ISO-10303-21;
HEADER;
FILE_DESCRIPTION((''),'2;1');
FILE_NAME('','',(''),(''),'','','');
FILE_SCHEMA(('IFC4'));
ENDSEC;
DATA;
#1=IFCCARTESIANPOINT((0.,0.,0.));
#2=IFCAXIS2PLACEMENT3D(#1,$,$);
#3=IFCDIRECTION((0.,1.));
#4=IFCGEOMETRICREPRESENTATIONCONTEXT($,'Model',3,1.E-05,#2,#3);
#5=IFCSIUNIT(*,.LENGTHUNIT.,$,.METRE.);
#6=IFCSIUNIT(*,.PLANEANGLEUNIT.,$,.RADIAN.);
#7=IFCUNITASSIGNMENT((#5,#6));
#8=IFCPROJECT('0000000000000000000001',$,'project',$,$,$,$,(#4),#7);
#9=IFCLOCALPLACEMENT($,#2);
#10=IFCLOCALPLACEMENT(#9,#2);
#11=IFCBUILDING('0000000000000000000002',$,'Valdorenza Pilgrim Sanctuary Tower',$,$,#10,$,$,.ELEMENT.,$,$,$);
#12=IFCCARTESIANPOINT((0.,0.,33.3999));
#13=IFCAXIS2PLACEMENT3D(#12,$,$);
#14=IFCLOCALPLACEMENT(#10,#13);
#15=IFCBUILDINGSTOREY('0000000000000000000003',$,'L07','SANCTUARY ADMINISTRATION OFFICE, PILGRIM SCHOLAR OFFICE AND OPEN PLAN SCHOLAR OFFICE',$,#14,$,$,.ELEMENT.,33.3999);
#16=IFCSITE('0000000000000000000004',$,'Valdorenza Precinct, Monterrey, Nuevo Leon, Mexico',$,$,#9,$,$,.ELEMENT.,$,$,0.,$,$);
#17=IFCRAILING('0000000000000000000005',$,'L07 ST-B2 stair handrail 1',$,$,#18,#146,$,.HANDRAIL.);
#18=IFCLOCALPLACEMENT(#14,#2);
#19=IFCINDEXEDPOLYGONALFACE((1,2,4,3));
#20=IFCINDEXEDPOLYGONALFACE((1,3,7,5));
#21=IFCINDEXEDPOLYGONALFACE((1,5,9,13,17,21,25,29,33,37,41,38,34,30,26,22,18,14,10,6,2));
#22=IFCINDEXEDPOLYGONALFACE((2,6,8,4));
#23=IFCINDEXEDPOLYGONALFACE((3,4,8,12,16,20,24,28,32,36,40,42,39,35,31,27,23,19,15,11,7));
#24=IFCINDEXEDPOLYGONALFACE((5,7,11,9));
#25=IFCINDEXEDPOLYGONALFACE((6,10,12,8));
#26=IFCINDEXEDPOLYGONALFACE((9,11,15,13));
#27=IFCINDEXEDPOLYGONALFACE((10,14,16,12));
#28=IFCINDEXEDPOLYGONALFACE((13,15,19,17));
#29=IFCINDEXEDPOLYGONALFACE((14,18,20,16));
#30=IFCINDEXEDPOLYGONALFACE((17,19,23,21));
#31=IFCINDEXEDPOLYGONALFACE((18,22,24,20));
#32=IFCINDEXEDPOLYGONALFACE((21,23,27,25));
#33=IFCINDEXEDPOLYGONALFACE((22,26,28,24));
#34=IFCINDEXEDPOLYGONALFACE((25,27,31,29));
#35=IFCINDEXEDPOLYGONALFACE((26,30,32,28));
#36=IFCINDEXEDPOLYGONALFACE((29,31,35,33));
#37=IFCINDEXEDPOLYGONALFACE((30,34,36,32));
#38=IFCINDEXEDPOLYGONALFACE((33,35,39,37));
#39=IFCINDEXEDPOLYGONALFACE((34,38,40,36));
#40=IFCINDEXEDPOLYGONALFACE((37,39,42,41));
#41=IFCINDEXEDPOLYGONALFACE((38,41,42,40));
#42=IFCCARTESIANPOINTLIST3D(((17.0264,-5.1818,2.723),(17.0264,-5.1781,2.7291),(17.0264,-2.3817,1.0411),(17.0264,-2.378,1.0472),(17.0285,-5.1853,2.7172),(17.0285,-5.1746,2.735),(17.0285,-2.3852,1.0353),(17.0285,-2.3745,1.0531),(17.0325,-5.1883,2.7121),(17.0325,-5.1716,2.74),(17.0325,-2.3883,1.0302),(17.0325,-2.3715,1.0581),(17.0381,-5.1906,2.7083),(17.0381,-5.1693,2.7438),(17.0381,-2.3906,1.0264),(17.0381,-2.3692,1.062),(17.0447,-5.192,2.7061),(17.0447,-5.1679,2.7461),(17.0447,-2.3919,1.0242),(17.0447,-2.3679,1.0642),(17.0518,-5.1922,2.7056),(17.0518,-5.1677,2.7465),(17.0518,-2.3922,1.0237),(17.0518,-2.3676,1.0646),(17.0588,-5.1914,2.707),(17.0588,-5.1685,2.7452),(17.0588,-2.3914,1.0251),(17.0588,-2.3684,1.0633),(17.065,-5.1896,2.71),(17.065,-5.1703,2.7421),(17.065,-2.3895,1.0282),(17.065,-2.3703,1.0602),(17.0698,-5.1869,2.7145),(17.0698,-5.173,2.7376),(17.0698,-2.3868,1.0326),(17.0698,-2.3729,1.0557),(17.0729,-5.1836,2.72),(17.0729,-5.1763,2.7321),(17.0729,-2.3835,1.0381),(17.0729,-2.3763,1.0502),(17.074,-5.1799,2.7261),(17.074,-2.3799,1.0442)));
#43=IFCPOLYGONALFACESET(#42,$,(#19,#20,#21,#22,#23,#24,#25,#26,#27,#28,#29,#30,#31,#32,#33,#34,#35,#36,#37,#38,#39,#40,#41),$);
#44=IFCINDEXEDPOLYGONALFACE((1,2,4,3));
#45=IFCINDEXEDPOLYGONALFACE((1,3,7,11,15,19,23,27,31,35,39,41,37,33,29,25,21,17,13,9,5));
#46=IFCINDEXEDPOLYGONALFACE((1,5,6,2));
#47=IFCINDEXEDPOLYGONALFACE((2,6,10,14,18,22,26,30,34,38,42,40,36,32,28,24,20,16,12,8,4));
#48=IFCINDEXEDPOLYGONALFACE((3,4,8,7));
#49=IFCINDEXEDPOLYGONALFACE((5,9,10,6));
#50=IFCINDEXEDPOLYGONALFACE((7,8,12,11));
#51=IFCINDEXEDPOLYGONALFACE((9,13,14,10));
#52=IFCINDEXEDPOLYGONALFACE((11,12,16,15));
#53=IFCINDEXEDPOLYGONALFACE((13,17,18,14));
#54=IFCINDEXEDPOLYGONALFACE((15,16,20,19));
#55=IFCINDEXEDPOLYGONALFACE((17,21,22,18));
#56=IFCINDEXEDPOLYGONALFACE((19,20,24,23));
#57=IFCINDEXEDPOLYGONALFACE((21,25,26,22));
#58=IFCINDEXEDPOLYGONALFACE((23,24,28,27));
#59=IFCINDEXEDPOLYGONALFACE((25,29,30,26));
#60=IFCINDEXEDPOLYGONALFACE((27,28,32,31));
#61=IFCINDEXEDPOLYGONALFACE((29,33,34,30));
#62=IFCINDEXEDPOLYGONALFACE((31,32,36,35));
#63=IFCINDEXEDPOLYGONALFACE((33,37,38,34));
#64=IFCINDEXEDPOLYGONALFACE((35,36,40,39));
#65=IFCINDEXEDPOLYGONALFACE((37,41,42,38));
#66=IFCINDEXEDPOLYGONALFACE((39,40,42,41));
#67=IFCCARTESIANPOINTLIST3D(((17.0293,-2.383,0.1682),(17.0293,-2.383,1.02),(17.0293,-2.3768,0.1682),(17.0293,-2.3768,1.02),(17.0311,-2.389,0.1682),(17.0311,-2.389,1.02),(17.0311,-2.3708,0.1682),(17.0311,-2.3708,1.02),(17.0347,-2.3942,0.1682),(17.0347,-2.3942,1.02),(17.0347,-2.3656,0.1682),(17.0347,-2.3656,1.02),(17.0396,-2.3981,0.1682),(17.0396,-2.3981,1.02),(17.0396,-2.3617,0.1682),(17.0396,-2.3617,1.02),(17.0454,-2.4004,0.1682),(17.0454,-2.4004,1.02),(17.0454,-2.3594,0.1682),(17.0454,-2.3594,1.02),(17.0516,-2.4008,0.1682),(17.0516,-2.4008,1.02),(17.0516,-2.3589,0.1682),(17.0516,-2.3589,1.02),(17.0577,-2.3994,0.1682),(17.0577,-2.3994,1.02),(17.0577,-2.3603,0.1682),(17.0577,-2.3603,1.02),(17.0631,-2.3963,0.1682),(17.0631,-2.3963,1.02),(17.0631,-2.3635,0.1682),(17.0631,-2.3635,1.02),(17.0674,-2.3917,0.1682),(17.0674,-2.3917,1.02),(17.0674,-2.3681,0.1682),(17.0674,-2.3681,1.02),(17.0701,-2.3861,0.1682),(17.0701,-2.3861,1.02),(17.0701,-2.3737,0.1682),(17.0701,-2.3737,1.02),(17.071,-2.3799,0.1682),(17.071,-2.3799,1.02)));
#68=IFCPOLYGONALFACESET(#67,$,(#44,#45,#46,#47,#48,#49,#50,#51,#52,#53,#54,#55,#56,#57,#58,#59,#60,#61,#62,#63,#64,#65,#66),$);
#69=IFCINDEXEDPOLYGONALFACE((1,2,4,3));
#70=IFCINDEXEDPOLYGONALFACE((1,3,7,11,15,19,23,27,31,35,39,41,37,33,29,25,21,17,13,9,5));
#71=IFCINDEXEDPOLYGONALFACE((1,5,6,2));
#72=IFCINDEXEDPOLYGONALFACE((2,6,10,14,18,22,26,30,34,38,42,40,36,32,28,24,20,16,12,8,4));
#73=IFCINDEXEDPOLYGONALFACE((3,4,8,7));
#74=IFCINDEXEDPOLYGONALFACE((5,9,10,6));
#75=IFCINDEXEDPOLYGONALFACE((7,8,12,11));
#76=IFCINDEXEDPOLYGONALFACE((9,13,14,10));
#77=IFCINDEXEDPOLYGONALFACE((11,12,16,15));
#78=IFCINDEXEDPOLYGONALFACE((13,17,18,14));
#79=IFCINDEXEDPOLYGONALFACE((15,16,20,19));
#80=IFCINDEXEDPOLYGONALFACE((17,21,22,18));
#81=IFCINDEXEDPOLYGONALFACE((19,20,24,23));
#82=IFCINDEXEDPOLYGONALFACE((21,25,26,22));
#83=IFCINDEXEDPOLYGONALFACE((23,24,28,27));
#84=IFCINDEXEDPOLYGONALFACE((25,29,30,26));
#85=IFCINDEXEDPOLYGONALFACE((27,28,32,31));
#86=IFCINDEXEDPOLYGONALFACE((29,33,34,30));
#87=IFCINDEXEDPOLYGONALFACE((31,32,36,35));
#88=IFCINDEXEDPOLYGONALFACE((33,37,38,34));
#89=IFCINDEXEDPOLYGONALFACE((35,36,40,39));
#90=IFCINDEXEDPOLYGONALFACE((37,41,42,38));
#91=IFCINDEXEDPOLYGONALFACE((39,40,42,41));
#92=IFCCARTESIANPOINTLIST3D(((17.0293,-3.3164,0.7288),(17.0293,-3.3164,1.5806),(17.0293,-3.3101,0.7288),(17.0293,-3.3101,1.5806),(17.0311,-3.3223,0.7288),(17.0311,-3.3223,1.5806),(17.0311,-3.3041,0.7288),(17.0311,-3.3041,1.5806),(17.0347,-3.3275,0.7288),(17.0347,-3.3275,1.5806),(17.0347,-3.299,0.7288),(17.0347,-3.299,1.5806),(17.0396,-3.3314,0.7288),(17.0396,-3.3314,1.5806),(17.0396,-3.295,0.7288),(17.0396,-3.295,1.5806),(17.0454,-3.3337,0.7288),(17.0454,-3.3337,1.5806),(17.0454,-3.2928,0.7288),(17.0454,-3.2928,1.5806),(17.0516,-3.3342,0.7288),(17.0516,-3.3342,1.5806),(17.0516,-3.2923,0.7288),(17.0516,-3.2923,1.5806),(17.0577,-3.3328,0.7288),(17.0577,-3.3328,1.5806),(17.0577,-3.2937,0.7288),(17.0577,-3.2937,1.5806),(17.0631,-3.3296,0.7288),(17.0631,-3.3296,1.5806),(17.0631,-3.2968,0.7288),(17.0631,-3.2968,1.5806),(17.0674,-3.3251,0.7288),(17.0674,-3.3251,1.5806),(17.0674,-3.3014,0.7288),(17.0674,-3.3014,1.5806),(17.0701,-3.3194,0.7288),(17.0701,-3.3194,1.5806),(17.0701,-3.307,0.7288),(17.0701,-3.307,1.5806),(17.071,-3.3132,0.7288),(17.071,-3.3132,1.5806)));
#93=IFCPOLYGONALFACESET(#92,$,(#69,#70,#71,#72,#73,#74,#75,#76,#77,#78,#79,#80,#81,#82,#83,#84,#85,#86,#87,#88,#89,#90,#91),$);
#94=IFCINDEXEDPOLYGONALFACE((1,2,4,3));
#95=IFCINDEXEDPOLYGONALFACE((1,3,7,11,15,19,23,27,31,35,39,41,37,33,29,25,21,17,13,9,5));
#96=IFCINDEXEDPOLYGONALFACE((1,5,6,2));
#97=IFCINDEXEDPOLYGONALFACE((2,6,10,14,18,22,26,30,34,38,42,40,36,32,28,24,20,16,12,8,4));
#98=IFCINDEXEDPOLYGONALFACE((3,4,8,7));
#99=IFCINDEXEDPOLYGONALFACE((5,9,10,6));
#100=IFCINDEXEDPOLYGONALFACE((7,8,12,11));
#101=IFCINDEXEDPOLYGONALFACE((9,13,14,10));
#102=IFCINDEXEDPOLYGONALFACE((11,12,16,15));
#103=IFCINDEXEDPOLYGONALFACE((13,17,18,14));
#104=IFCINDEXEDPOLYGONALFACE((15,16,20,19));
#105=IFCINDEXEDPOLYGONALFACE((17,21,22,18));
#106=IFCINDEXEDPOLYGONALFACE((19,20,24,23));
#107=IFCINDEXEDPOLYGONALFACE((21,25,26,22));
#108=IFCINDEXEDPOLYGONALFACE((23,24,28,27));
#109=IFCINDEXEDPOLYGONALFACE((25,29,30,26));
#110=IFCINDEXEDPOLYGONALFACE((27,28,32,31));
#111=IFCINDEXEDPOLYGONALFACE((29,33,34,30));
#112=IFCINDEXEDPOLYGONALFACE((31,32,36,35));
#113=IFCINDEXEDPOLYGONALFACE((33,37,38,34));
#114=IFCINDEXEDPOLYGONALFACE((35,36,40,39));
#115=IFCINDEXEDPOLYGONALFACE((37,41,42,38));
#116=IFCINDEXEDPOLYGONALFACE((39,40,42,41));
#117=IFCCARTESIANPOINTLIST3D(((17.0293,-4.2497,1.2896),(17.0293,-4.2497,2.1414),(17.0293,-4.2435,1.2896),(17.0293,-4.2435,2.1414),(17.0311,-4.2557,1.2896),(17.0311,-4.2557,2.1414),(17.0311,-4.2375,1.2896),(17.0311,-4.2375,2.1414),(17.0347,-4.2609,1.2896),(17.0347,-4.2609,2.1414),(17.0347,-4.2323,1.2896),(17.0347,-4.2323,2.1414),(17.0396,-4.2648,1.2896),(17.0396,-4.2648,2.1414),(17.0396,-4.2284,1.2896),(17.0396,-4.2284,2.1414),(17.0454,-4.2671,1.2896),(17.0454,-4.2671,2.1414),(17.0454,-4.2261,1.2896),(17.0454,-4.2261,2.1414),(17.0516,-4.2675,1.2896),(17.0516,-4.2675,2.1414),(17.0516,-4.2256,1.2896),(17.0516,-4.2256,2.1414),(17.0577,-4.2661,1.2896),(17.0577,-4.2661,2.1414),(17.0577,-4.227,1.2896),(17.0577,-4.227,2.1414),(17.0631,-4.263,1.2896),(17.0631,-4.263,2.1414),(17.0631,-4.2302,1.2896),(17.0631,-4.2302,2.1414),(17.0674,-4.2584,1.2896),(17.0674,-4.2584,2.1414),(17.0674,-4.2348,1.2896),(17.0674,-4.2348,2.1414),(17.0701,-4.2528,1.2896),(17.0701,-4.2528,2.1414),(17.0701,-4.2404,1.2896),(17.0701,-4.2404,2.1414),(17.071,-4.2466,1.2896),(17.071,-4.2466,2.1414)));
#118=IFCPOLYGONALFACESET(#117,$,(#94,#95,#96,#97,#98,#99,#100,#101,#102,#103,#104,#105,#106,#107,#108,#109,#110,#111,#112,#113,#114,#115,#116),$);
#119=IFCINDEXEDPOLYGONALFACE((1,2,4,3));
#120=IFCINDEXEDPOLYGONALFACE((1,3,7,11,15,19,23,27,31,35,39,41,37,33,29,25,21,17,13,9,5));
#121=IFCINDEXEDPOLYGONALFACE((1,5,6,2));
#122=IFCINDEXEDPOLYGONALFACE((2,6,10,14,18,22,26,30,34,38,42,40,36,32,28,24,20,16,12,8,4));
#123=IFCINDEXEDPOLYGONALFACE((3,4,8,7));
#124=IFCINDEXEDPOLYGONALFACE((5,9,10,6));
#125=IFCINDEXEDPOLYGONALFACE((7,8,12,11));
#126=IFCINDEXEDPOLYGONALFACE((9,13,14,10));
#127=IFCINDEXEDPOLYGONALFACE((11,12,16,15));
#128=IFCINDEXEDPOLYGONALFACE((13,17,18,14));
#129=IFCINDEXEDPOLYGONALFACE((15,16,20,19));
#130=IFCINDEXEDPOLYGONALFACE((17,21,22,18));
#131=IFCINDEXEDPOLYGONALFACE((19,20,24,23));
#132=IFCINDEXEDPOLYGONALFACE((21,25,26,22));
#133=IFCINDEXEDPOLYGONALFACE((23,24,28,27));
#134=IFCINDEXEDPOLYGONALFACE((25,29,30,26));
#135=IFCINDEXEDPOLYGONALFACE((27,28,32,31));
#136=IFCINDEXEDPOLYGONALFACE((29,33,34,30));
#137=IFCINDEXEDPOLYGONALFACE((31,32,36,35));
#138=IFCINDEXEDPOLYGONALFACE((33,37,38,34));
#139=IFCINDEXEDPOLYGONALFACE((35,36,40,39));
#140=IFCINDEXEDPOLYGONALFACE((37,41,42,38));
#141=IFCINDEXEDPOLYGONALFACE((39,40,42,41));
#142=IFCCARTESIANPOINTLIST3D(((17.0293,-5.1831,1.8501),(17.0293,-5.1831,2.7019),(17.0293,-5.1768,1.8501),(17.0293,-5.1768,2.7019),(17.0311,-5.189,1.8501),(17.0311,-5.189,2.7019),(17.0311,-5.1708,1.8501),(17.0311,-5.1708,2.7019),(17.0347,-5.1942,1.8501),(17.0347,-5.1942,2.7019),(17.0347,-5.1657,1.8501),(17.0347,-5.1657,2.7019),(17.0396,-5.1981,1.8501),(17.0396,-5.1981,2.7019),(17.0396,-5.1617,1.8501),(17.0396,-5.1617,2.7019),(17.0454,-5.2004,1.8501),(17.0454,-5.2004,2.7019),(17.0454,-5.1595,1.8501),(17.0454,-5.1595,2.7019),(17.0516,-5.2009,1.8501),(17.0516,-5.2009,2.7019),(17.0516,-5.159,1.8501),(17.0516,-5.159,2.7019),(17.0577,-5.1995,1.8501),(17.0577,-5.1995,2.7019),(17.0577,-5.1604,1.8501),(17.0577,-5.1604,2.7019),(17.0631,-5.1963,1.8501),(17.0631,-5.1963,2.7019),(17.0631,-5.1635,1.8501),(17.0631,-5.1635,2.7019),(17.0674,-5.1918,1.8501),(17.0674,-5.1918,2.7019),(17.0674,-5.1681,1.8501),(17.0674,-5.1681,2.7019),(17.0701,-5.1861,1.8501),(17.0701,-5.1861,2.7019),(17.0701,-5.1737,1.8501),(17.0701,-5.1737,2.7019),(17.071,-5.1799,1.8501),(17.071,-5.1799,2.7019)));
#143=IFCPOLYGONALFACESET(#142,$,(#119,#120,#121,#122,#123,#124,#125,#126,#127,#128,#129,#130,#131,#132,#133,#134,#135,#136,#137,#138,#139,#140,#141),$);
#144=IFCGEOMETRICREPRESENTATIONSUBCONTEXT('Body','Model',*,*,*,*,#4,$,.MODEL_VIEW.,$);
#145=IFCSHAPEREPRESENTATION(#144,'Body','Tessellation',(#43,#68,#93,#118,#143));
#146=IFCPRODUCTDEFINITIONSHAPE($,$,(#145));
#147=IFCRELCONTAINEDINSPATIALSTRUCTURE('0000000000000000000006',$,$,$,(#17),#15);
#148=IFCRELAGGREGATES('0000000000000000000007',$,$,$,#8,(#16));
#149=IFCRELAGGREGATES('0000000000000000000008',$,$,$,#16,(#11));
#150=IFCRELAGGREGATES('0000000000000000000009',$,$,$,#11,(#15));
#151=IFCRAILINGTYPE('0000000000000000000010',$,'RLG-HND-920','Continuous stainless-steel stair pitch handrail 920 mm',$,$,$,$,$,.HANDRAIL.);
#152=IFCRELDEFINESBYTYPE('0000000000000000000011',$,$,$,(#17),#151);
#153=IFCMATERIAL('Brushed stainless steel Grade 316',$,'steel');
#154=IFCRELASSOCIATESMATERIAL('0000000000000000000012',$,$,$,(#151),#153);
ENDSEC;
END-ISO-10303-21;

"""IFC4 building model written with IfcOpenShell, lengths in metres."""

from ifc_helpers import new_model, si_unit, direction, frame, origin, origin_2d, place, context, subcontext, project, spatial, circle, extrude, material, type_object, element, save


model = new_model("IFC4")

# Units and contexts
model_context = context("Model", 3, precision=1e-05, world=origin(), true_north=direction((0.0, 1.0)))
body_context = subcontext(model_context, "Body", "Model", "MODEL_VIEW")
ifc_project = project(units=[si_unit("LENGTHUNIT", "METRE"), si_unit("PLANEANGLEUNIT", "RADIAN")], contexts=[model_context])

# Site, building, storey
site_placement = place(None, origin())
site = spatial("IfcSite", under=ifc_project, at=site_placement, Name="Valdorenza Precinct, Monterrey, Nuevo Leon, Mexico", CompositionType="ELEMENT", RefElevation=0.0)
building_placement = place(site_placement, origin())
building = spatial("IfcBuilding", under=site, at=building_placement, Name="Valdorenza Pilgrim Sanctuary Tower", CompositionType="ELEMENT")
storey_placement = place(building_placement, frame((0.0, 0.0, 33.3999)))
storey = spatial("IfcBuildingStorey", under=building, at=storey_placement, Name="L07", Description="SANCTUARY ADMINISTRATION OFFICE, PILGRIM SCHOLAR OFFICE AND OPEN PLAN SCHOLAR OFFICE", CompositionType="ELEMENT", Elevation=33.3999)

# Shared definitions
ifc_material_1 = material(Name="Brushed stainless steel Grade 316", Category="steel")

# Railing
railing_type_1 = type_object("IfcRailingType", Name="RLG-HND-920", Description="Continuous stainless-steel stair pitch handrail 920 mm", PredefinedType="HANDRAIL", material=ifc_material_1)
railing_1_placement = place(storey_placement, frame((17.05, -2.3799, 0.1682)))
element("IfcRailing", 1, at=railing_1_placement, inside=storey, type_object=railing_type_1, Name="L07 ST-B2 stair handrail 1", PredefinedType="HANDRAIL", context=body_context, shape_type="SweptSolid", body=[
    extrude(circle(Radius=0.0239, at=origin_2d()), frame((0.0, 0.0, 0.876), z_axis=(0.0, -0.857242, 0.514913), x_axis=(1.0, 0.0, 0.0)), (0.0, 0.0, 1.0), 3.2664),
    extrude(circle(Radius=0.021, at=origin_2d()), origin(), (0.0, 0.0, 1.0), 0.8518),
    extrude(circle(Radius=0.021, at=origin_2d()), frame((0.0, -0.9333, 0.5605)), (0.0, 0.0, 1.0), 0.8518),
    extrude(circle(Radius=0.021, at=origin_2d()), frame((0.0, -1.8667, 1.1213)), (0.0, 0.0, 1.0), 0.8518),
    extrude(circle(Radius=0.021, at=origin_2d()), frame((0.0, -2.8, 1.6819)), (0.0, 0.0, 1.0), 0.8518),
])

save(model, "model.ifc")
